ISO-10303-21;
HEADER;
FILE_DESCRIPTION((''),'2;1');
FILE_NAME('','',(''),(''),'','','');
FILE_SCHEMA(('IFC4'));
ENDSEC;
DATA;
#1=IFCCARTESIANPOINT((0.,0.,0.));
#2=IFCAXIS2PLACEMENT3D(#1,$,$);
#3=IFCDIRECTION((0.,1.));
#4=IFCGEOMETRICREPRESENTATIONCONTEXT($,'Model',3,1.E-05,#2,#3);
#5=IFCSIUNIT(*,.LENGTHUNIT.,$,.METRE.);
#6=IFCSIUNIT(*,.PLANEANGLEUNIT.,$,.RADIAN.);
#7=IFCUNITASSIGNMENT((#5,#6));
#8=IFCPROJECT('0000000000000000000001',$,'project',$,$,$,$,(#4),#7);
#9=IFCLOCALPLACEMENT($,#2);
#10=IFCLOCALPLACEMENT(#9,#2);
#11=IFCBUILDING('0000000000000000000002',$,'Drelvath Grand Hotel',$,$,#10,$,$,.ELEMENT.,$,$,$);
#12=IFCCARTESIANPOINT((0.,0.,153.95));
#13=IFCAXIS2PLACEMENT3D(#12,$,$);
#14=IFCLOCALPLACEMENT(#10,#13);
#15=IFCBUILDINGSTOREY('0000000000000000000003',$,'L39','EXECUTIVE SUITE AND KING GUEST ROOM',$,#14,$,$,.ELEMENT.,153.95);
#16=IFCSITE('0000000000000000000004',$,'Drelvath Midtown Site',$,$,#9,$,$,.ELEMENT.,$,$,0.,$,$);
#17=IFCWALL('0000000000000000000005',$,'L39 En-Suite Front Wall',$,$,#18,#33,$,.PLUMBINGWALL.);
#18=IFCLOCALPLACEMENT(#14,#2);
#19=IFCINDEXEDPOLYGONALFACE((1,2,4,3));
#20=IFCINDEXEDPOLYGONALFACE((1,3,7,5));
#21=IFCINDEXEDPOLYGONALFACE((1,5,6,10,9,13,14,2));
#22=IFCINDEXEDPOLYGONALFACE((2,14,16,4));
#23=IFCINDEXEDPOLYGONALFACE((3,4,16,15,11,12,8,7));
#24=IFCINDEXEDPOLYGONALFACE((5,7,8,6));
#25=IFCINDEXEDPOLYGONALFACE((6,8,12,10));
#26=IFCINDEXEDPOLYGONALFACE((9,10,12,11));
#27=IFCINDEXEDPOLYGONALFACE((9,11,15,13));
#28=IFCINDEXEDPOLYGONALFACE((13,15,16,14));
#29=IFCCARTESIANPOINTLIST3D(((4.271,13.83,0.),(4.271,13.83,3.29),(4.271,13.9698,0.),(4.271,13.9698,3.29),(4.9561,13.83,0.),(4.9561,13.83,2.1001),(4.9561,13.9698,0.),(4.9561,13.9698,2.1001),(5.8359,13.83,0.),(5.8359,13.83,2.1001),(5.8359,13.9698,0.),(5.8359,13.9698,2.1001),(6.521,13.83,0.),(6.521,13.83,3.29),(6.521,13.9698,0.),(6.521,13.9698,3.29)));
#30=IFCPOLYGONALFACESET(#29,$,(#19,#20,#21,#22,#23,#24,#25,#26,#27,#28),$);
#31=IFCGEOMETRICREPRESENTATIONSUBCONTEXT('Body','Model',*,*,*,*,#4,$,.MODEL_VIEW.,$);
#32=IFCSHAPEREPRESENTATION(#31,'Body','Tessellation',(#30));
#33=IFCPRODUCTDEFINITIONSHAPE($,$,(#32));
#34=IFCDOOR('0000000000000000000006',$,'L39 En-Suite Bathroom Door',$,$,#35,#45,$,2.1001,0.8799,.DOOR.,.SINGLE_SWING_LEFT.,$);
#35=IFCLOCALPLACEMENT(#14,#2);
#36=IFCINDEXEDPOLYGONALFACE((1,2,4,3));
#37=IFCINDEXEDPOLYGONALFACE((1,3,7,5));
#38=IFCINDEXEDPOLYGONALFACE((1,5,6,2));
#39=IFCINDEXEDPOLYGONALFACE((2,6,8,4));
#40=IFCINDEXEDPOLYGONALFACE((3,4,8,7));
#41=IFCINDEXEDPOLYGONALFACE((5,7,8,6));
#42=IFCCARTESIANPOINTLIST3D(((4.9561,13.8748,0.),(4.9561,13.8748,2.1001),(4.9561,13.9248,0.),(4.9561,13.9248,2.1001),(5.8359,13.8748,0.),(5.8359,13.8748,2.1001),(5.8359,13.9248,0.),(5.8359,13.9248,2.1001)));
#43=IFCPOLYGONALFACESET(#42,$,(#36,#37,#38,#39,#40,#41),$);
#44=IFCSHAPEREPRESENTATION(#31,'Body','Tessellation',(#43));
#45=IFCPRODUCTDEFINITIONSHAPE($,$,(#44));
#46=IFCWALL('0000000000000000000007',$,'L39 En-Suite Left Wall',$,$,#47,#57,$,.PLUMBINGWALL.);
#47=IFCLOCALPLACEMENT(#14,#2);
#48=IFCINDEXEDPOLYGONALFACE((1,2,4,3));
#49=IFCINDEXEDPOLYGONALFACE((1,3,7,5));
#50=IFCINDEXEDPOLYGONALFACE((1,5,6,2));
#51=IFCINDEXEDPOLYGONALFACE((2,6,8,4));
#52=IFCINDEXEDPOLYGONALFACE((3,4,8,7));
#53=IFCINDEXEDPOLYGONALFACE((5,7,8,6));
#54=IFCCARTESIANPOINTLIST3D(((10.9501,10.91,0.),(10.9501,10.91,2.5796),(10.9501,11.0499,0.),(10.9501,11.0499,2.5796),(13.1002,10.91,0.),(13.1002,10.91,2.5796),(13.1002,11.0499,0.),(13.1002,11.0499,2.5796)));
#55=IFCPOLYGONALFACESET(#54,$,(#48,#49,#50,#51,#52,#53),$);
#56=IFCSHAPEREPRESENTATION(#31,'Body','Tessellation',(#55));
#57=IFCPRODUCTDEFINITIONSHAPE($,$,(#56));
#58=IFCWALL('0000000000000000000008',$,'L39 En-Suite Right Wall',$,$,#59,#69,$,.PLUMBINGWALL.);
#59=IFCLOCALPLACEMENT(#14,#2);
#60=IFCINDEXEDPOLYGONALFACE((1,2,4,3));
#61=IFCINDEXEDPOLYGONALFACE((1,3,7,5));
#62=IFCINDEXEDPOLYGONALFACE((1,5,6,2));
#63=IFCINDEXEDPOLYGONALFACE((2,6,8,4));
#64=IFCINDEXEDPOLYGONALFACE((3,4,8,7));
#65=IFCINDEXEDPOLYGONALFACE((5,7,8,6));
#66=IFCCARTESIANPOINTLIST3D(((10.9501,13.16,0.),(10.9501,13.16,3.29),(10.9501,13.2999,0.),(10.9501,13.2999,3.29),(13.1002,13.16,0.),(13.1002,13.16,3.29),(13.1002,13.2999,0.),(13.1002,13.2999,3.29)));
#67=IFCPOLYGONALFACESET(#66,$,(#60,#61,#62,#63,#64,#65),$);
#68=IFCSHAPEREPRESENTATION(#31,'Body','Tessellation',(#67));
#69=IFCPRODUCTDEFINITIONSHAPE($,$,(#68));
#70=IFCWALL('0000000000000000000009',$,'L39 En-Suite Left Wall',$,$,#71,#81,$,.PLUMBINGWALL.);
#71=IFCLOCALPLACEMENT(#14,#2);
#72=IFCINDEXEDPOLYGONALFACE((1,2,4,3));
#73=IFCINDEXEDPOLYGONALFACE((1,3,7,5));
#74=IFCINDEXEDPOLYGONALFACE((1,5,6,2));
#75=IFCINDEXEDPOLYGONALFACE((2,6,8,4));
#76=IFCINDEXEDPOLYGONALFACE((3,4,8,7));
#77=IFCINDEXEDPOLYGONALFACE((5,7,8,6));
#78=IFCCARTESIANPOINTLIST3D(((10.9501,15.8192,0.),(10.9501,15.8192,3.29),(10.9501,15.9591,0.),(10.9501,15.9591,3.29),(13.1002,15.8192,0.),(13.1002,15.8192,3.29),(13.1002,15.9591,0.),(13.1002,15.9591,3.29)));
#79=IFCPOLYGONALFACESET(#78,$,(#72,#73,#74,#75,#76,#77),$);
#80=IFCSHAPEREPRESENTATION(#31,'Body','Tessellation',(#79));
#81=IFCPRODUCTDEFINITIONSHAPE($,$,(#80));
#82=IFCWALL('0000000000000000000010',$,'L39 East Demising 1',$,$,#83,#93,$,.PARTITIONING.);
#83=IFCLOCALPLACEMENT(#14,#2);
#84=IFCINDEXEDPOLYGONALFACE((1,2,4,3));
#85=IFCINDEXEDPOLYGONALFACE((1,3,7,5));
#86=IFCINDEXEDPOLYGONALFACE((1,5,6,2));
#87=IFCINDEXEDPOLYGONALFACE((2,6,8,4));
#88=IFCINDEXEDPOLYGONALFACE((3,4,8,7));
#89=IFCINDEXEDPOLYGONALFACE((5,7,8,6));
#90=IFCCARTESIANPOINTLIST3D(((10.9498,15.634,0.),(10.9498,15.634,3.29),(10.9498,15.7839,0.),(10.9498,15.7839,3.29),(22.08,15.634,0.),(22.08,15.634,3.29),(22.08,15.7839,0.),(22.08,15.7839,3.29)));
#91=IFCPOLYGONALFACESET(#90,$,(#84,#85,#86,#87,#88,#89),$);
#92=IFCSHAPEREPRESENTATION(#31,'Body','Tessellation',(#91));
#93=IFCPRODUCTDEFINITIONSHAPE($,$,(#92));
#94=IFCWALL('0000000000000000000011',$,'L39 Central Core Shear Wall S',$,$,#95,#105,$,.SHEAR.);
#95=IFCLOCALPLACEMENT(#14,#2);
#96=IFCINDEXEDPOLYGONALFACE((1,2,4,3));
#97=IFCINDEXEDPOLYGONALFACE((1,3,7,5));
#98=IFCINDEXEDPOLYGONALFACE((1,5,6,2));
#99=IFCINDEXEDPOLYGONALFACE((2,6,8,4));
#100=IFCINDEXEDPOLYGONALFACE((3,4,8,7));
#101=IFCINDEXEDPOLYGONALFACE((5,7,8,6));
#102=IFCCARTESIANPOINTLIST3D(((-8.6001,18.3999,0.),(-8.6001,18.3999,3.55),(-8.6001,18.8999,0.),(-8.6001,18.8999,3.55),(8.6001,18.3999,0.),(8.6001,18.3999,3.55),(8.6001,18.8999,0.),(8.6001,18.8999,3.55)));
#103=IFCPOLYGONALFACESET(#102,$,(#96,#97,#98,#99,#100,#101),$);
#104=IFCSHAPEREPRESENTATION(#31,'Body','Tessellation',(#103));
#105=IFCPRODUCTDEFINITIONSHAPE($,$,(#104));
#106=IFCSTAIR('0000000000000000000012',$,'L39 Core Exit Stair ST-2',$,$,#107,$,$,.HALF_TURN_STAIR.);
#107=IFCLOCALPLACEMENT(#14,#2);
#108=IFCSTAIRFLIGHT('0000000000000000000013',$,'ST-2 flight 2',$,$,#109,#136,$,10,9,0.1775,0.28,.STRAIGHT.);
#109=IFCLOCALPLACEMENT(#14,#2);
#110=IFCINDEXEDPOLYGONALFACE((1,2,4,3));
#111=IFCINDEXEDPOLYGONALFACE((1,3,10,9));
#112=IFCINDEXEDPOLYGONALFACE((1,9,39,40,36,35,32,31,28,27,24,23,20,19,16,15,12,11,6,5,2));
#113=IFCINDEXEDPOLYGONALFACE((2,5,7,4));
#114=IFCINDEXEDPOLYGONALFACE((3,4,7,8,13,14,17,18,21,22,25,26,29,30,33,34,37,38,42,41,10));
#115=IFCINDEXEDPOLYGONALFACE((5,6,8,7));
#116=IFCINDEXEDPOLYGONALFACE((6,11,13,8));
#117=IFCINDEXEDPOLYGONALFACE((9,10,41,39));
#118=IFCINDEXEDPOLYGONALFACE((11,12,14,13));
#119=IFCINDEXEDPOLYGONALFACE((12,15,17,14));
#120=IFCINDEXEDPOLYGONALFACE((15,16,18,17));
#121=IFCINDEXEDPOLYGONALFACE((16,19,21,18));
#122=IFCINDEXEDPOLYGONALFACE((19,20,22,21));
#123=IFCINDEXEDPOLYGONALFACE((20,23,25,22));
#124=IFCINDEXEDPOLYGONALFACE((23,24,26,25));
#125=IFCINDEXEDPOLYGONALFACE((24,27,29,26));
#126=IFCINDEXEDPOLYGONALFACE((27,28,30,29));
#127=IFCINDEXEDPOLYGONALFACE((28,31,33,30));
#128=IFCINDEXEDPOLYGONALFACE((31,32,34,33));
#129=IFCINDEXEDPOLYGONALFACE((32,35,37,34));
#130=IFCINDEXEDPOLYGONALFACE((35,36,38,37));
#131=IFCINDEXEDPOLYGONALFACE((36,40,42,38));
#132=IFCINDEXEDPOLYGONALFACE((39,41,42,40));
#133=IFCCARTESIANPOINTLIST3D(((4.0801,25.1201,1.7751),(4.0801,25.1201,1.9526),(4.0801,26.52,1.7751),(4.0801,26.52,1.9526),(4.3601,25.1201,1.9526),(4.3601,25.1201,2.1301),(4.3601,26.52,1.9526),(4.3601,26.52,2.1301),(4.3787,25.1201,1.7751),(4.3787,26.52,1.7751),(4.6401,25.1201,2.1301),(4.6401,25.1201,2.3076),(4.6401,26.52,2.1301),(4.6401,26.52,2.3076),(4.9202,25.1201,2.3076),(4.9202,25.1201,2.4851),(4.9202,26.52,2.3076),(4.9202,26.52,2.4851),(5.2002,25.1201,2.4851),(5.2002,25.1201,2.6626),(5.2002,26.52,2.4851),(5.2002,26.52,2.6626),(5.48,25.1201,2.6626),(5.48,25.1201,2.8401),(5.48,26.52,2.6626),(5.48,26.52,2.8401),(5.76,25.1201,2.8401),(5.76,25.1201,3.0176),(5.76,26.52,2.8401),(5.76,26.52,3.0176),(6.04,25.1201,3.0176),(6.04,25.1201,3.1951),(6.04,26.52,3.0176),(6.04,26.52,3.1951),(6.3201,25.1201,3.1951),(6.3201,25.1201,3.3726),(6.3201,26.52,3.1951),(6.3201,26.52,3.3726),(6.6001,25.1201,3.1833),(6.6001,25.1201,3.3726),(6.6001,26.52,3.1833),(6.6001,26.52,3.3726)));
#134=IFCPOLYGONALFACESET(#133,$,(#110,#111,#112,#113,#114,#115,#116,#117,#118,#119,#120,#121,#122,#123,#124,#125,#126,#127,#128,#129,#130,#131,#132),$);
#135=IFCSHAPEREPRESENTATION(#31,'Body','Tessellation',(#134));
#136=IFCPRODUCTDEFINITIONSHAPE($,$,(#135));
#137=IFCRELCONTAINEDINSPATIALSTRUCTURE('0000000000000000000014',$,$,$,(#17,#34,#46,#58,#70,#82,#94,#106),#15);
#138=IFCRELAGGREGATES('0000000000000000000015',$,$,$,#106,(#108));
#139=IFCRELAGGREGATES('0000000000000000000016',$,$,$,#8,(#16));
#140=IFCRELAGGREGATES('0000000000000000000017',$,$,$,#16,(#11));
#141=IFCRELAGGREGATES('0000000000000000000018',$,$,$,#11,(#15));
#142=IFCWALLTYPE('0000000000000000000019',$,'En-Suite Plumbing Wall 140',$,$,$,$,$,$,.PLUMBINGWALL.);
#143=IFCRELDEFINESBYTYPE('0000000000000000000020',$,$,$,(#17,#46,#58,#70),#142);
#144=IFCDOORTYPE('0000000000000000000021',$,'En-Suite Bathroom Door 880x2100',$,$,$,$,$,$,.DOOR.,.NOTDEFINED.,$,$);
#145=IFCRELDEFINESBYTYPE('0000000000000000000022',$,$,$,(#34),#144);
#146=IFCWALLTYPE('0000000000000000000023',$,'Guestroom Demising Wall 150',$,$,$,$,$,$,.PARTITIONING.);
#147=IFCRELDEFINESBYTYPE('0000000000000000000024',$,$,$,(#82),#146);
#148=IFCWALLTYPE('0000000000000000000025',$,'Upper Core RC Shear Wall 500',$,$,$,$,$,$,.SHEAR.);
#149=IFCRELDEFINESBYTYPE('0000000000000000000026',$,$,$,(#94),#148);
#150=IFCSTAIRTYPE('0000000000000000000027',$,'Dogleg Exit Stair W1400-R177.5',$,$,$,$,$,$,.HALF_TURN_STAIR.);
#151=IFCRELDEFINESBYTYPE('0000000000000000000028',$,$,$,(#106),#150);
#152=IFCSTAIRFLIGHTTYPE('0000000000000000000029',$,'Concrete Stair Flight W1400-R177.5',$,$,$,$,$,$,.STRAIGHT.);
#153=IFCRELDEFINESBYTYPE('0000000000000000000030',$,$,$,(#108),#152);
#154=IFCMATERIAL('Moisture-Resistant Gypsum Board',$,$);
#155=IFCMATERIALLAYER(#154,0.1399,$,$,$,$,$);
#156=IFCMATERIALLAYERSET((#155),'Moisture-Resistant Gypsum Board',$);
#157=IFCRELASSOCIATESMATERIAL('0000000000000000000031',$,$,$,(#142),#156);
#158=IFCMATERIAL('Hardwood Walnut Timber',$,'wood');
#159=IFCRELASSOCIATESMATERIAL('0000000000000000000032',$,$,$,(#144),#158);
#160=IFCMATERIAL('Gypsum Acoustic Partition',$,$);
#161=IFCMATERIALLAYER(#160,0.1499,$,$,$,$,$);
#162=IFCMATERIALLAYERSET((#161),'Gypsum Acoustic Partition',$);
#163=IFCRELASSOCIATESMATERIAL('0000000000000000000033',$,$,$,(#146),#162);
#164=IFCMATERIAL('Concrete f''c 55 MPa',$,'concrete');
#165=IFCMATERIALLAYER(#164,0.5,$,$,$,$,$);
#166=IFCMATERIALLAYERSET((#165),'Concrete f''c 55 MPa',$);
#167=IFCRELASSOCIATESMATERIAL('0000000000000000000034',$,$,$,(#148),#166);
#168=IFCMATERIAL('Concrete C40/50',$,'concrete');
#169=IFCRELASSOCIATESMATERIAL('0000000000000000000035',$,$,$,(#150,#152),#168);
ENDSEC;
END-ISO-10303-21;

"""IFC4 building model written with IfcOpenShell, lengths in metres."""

from ifc_helpers import new_model, si_unit, direction, frame, frame_2d, origin, place, context, subcontext, project, spatial, polyline, rectangle, outline, extrude, material, layer, layer_set, type_object, element, fill, aggregate, save


model = new_model("IFC4")

# Units and contexts
model_context = context("Model", 3, precision=1e-05, world=origin(), true_north=direction((0.0, 1.0)))
body_context = subcontext(model_context, "Body", "Model", "MODEL_VIEW")
ifc_project = project(units=[si_unit("LENGTHUNIT", "METRE"), si_unit("PLANEANGLEUNIT", "RADIAN")], contexts=[model_context])

# Site, building, storey
site_placement = place(None, origin())
site = spatial("IfcSite", under=ifc_project, at=site_placement, Name="Drelvath Midtown Site", CompositionType="ELEMENT", RefElevation=0.0)
building_placement = place(site_placement, origin())
building = spatial("IfcBuilding", under=site, at=building_placement, Name="Drelvath Grand Hotel", CompositionType="ELEMENT")
storey_placement = place(building_placement, frame((0.0, 0.0, 153.95)))
storey = spatial("IfcBuildingStorey", under=building, at=storey_placement, Name="L39", Description="EXECUTIVE SUITE AND KING GUEST ROOM", CompositionType="ELEMENT", Elevation=153.95)

# Shared definitions
ifc_material_1 = material(Name="Concrete f'c 55 MPa", Category="concrete")

# Shared definitions
ifc_material_2 = material(Name="Concrete C40/50", Category="concrete")

# Shared definitions
ifc_material_3 = material(Name="Moisture-Resistant Gypsum Board")
ifc_layer_1 = layer(ifc_material_3, 0.1399)
ifc_layer_set_1 = layer_set([ifc_layer_1], Name="Moisture-Resistant Gypsum Board")
wall_type_1 = type_object("IfcWallType", Name="En-Suite Plumbing Wall 140", PredefinedType="PLUMBINGWALL", material=ifc_layer_set_1)

# Wall, opening, door
wall_1_placement = place(storey_placement, frame((4.271, 13.8999, 0.0), z_axis=(0.0, 0.0, 1.0), x_axis=(1.0, 0.0, 0.0)))
wall_1 = element("IfcWall", 1, at=wall_1_placement, inside=storey, type_object=wall_type_1, Name="L39 En-Suite Front Wall", PredefinedType="PLUMBINGWALL", context=body_context, shape_type="SweptSolid", body=[
    extrude(rectangle(XDim=2.25, YDim=0.1399, at=frame_2d((1.125, 0.0))), origin(), (0.0, 0.0, 1.0), 3.29),
])
opening_1_placement = place(wall_1_placement, frame((0.6851, 0.0, 0.0)))
opening_1 = element("IfcOpeningElement", 2, at=opening_1_placement, cuts=wall_1, PredefinedType="OPENING", context=body_context, shape_type="SweptSolid", body=[
    extrude(rectangle(XDim=0.8799, YDim=2.1001, at=frame_2d((0.4399, 1.05))), frame((0.0, 0.0798, 0.0), z_axis=(0.0, -1.0, 0.0), x_axis=(1.0, 0.0, 0.0)), (0.0, 0.0, 1.0), 0.1599),
])
ifc_material_4 = material(Name="Hardwood Walnut Timber", Category="wood")
door_type_1 = type_object("IfcDoorType", Name="En-Suite Bathroom Door 880x2100", OperationType="NOTDEFINED", PredefinedType="DOOR", material=ifc_material_4)
door_1_placement = place(opening_1_placement, origin())
door_1 = element("IfcDoor", 3, at=door_1_placement, inside=storey, type_object=door_type_1, Name="L39 En-Suite Bathroom Door", OperationType="SINGLE_SWING_LEFT", OverallHeight=2.1001, OverallWidth=0.8799, PredefinedType="DOOR", context=body_context, shape_type="SweptSolid", body=[
    extrude(rectangle(XDim=0.8799, YDim=2.1001, at=frame_2d((0.4399, 1.05))), frame((0.0, 0.0249, 0.0), z_axis=(0.0, -1.0, 0.0), x_axis=(1.0, 0.0, 0.0)), (0.0, 0.0, 1.0), 0.05),
])
fill(opening_1, door_1)

# Walls
wall_2_placement = place(storey_placement, frame((10.95, 10.98, 0.0), z_axis=(0.0, 0.0, 1.0), x_axis=(1.0, 0.0, 0.0)))
element("IfcWall", 4, at=wall_2_placement, inside=storey, type_object=wall_type_1, Name="L39 En-Suite Left Wall", PredefinedType="PLUMBINGWALL", context=body_context, shape_type="SweptSolid", body=[
    extrude(rectangle(XDim=2.1501, YDim=0.1399, at=frame_2d((1.0752, 0.0))), origin(), (0.0, 0.0, 1.0), 2.5796),
])
for number, where, z_axis, x_axis, name in (
    (5, (10.95, 13.23, 0.0), (0.0, 0.0, 1.0), (1.0, 0.0, 0.0), "L39 En-Suite Right Wall"),
    (6, (10.95, 15.8892, 0.0), (0.0, 0.0, 1.0), (1.0, 0.0, 0.0), "L39 En-Suite Left Wall"),
):
    element("IfcWall", number, at=place(storey_placement, frame(where, z_axis=z_axis, x_axis=x_axis)), inside=storey, type_object=wall_type_1, Name=name, PredefinedType="PLUMBINGWALL", context=body_context, shape_type="SweptSolid", body=[
        extrude(rectangle(XDim=2.1501, YDim=0.1399, at=frame_2d((1.0752, 0.0))), origin(), (0.0, 0.0, 1.0), 3.29),
    ])
ifc_material_5 = material(Name="Gypsum Acoustic Partition")
ifc_layer_2 = layer(ifc_material_5, 0.1499)
ifc_layer_set_2 = layer_set([ifc_layer_2], Name="Gypsum Acoustic Partition")
wall_type_2 = type_object("IfcWallType", Name="Guestroom Demising Wall 150", PredefinedType="PARTITIONING", material=ifc_layer_set_2)
wall_3_placement = place(storey_placement, frame((10.95, 15.709, 0.0), z_axis=(0.0, 0.0, 1.0), x_axis=(1.0, 0.0, 0.0)))
element("IfcWall", 7, at=wall_3_placement, inside=storey, type_object=wall_type_2, Name="L39 East Demising 1", PredefinedType="PARTITIONING", context=body_context, shape_type="SweptSolid", body=[
    extrude(rectangle(XDim=11.1301, YDim=0.1499, at=frame_2d((5.5649, 0.0))), origin(), (0.0, 0.0, 1.0), 3.29),
])
ifc_layer_3 = layer(ifc_material_1, 0.5)
ifc_layer_set_3 = layer_set([ifc_layer_3], Name="Concrete f'c 55 MPa")
wall_type_3 = type_object("IfcWallType", Name="Upper Core RC Shear Wall 500", PredefinedType="SHEAR", material=ifc_layer_set_3)
wall_4_placement = place(storey_placement, frame((8.6001, 18.6499, 0.0), z_axis=(0.0, 0.0, 1.0), x_axis=(-1.0, 0.0, 0.0)))
element("IfcWall", 8, at=wall_4_placement, inside=storey, type_object=wall_type_3, Name="L39 Central Core Shear Wall S", PredefinedType="SHEAR", context=body_context, shape_type="SweptSolid", body=[
    extrude(rectangle(XDim=17.2002, YDim=0.5, at=frame_2d((8.6001, 0.0))), origin(), (0.0, 0.0, 1.0), 3.55),
])

# Stair, stair flight
stair_type = type_object("IfcStairType", Name="Dogleg Exit Stair W1400-R177.5", PredefinedType="HALF_TURN_STAIR", material=ifc_material_2)
stair_placement = place(storey_placement, origin())
stair = element("IfcStair", 9, at=stair_placement, inside=storey, type_object=stair_type, Name="L39 Core Exit Stair ST-2", PredefinedType="HALF_TURN_STAIR")
stair_flight_type = type_object("IfcStairFlightType", Name="Concrete Stair Flight W1400-R177.5", PredefinedType="STRAIGHT", material=ifc_material_2)
stair_flight_placement = place(storey_placement, frame((4.0801, 25.8201, 1.7751), z_axis=(0.0, 0.0, 1.0), x_axis=(1.0, 0.0, 0.0)))
stair_flight = element("IfcStairFlight", 10, at=stair_flight_placement, type_object=stair_flight_type, Name="ST-2 flight 2", NumberOfRisers=10, NumberOfTreads=9, PredefinedType="STRAIGHT", RiserHeight=0.1775, TreadLength=0.28, context=body_context, shape_type="SweptSolid", body=[
    extrude(outline(polyline([(0.0, 0.0), (0.0, 0.1775), (0.28, 0.1775), (0.28, 0.355), (0.5601, 0.355), (0.5601, 0.5325), (0.8401, 0.5325), (0.8401, 0.71), (1.1201, 0.71), (1.1201, 0.8875), (1.3999, 0.8875), (1.3999, 1.0649), (1.6799, 1.0649), (1.6799, 1.2424), (1.96, 1.2424), (1.96, 1.4199), (2.24, 1.4199), (2.24, 1.5974), (2.52, 1.5974), (2.52, 1.7749), (2.52, 1.4082), (0.2986, 0.0), (0.0, 0.0)])), frame((0.0, 0.7, 0.0), z_axis=(0.0, -1.0, 0.0), x_axis=(1.0, 0.0, 0.0)), (0.0, 0.0, 1.0), 1.3999),
])
aggregate(stair, [stair_flight])

save(model, "model.ifc")
